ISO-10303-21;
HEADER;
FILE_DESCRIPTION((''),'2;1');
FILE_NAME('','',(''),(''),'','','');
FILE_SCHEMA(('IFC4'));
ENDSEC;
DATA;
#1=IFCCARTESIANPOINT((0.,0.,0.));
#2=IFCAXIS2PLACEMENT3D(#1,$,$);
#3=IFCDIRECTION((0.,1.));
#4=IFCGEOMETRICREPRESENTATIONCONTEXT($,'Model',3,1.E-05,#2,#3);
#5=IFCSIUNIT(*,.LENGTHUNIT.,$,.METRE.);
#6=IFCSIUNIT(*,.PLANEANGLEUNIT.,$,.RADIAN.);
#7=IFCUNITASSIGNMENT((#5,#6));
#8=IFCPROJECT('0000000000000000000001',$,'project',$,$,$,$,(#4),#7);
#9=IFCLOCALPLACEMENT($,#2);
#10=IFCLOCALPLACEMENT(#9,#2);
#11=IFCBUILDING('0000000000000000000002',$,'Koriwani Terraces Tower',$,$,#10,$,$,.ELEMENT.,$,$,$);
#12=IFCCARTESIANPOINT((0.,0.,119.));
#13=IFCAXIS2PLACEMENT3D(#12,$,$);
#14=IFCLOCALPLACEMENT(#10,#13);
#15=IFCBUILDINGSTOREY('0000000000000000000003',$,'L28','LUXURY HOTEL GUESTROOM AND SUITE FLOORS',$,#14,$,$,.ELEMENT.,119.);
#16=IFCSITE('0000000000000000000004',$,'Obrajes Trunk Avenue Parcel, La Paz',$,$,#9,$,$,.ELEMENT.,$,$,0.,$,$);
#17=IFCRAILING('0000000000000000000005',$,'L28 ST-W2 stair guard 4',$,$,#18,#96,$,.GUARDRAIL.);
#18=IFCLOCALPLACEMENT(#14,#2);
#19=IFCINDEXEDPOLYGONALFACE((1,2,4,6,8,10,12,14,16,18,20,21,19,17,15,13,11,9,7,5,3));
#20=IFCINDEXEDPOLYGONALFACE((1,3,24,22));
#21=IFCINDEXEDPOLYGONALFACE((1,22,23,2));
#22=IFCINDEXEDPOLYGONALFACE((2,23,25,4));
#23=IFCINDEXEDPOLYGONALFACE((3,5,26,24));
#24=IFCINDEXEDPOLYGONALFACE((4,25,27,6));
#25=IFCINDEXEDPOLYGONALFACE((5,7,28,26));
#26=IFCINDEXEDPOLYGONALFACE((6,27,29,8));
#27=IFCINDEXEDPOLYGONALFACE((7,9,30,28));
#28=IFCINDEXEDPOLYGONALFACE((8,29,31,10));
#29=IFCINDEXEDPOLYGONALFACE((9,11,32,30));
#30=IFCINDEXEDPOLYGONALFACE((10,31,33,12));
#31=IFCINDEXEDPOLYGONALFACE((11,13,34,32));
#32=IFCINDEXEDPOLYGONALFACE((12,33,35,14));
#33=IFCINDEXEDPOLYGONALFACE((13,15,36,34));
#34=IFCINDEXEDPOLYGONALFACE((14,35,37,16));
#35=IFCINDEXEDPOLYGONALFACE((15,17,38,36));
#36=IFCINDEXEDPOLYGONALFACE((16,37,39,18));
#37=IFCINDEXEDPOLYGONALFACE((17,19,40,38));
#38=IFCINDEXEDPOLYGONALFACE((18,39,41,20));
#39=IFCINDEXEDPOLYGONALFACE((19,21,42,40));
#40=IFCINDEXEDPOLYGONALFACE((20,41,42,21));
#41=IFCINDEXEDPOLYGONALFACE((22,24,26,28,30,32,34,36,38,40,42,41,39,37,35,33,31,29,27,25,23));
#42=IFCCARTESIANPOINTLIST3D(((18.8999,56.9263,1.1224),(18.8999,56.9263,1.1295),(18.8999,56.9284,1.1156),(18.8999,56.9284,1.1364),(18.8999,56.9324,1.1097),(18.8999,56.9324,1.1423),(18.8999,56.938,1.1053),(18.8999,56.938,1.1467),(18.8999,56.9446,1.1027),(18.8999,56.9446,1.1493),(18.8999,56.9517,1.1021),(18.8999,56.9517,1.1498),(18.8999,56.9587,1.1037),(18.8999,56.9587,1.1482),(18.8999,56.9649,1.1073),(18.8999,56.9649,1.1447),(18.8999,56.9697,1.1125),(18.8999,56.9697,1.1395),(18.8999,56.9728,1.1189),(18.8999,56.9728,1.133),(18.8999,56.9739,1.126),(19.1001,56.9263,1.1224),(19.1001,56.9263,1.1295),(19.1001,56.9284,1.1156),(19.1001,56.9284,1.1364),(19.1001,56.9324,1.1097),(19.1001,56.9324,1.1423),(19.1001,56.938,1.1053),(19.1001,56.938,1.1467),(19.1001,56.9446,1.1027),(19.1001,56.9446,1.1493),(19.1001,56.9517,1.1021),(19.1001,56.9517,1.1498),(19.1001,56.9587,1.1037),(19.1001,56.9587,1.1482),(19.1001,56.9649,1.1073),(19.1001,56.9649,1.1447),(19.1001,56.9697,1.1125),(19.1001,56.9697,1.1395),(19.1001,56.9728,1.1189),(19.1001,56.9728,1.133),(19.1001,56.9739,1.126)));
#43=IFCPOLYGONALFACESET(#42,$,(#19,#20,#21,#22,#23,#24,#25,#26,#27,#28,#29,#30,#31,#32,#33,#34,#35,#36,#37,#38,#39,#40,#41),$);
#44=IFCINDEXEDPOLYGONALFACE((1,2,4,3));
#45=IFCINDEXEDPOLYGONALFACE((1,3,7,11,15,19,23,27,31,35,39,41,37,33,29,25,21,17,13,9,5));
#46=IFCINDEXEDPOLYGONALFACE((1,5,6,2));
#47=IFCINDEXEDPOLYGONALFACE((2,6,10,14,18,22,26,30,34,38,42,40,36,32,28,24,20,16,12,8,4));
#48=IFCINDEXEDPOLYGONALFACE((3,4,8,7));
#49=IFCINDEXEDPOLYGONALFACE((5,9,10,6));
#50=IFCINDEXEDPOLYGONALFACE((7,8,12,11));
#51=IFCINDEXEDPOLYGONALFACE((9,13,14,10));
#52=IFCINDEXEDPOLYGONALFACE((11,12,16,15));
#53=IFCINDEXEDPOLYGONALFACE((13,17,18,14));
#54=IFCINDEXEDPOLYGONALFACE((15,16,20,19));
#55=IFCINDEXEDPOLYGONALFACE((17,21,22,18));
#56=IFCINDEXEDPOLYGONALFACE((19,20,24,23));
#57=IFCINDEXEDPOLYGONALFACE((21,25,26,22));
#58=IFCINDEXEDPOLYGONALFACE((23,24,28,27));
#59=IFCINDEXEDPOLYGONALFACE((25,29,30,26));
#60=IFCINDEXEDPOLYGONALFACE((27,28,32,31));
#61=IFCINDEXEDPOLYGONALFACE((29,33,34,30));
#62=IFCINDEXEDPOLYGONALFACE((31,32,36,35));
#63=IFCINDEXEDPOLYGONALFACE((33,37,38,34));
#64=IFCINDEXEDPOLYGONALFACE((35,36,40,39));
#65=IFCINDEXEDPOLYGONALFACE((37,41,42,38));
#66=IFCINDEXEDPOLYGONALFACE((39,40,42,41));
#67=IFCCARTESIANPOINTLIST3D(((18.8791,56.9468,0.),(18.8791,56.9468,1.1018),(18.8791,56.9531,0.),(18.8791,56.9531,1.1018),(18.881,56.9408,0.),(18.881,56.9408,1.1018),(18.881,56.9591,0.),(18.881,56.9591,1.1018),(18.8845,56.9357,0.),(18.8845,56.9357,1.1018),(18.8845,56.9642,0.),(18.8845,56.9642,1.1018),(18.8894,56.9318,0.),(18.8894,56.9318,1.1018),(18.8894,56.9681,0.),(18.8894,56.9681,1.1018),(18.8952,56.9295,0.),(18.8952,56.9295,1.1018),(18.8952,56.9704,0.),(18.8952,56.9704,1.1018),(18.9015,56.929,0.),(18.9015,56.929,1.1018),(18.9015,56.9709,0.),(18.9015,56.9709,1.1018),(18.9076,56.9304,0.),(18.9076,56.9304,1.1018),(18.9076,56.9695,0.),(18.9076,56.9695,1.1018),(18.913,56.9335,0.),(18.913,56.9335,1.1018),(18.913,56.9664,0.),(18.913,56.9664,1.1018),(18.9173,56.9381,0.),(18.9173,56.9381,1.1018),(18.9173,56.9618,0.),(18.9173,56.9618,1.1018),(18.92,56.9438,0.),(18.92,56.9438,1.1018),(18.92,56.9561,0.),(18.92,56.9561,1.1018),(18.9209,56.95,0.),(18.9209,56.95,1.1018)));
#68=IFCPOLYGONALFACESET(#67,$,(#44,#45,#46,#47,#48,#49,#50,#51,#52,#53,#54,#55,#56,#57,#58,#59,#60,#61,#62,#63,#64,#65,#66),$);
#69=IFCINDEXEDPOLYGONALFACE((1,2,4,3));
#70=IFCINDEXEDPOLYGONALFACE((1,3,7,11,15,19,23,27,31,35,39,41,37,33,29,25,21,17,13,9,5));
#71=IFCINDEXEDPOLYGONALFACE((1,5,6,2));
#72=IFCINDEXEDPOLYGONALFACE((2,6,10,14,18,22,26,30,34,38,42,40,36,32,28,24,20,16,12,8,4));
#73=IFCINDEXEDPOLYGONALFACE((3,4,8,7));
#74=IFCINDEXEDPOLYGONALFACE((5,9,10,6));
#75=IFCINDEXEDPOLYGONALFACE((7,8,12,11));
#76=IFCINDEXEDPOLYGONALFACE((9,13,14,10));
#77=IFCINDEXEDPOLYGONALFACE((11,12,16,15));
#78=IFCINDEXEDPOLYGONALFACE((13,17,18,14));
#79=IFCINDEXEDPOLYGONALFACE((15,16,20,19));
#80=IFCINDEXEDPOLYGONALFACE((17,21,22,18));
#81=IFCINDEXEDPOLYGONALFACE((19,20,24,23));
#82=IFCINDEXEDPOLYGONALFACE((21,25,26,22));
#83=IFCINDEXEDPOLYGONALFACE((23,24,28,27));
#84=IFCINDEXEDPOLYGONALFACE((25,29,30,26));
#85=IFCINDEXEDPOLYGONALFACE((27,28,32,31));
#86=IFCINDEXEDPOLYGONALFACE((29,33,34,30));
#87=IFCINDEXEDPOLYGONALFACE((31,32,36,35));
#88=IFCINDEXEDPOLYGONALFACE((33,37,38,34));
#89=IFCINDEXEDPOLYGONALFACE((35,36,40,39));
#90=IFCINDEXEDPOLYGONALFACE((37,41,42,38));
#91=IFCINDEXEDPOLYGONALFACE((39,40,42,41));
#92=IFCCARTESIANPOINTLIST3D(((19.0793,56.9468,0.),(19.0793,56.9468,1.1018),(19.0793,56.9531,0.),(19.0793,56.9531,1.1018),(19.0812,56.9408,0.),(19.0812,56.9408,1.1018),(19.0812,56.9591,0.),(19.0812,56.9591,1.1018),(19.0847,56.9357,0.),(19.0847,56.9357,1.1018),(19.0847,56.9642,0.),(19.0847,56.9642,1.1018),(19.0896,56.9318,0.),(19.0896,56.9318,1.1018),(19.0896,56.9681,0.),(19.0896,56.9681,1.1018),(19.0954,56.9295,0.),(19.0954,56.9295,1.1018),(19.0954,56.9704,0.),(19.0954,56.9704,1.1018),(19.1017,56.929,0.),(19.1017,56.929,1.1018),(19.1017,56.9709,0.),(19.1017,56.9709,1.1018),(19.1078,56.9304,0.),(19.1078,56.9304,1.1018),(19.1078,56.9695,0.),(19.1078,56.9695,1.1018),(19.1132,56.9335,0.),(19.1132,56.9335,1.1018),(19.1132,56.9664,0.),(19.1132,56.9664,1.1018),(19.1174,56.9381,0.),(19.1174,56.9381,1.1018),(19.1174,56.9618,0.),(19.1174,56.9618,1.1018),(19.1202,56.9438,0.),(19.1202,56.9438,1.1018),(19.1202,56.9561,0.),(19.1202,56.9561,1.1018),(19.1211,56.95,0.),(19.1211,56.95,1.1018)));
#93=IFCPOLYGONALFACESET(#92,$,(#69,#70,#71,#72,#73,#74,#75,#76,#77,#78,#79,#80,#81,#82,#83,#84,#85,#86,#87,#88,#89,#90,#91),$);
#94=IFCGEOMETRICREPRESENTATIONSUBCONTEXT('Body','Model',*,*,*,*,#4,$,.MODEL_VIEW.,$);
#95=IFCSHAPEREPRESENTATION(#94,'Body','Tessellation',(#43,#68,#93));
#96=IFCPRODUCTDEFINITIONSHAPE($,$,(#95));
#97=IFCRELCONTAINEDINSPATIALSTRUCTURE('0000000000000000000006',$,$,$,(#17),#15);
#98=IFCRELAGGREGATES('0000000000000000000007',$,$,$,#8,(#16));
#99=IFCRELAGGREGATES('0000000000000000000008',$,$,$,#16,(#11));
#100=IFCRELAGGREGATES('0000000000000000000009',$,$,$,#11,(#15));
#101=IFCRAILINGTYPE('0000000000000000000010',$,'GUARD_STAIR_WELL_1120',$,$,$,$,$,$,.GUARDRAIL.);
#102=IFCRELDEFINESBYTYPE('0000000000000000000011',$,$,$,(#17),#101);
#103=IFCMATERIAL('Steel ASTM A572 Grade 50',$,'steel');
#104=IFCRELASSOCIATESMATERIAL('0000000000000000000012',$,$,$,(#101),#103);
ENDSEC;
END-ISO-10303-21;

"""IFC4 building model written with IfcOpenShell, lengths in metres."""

from ifc_helpers import new_model, si_unit, direction, frame, origin, origin_2d, place, context, subcontext, project, spatial, circle, extrude, material, type_object, element, save


model = new_model("IFC4")

# Units and contexts
model_context = context("Model", 3, precision=1e-05, world=origin(), true_north=direction((0.0, 1.0)))
body_context = subcontext(model_context, "Body", "Model", "MODEL_VIEW")
ifc_project = project(units=[si_unit("LENGTHUNIT", "METRE"), si_unit("PLANEANGLEUNIT", "RADIAN")], contexts=[model_context])

# Site, building, storey
site_placement = place(None, origin())
site = spatial("IfcSite", under=ifc_project, at=site_placement, Name="Obrajes Trunk Avenue Parcel, La Paz", CompositionType="ELEMENT", RefElevation=0.0)
building_placement = place(site_placement, origin())
building = spatial("IfcBuilding", under=site, at=building_placement, Name="Koriwani Terraces Tower", CompositionType="ELEMENT")
storey_placement = place(building_placement, frame((0.0, 0.0, 119.0)))
storey = spatial("IfcBuildingStorey", under=building, at=storey_placement, Name="L28", Description="LUXURY HOTEL GUESTROOM AND SUITE FLOORS", CompositionType="ELEMENT", Elevation=119.0)

# Shared definitions
ifc_material_1 = material(Name="Steel ASTM A572 Grade 50", Category="steel")

# Railing
railing_type_1 = type_object("IfcRailingType", Name="GUARD_STAIR_WELL_1120", PredefinedType="GUARDRAIL", material=ifc_material_1)
railing_1_placement = place(storey_placement, frame((18.8999, 56.95, 0.0)))
element("IfcRailing", 1, at=railing_1_placement, inside=storey, type_object=railing_type_1, Name="L28 ST-W2 stair guard 4", PredefinedType="GUARDRAIL", context=body_context, shape_type="SweptSolid", body=[
    extrude(circle(Radius=0.0239, at=origin_2d()), frame((0.0, 0.0, 1.126), z_axis=(1.0, 0.0, 0.0), x_axis=(0.0, 1.0, 0.0)), (0.0, 0.0, 1.0), 0.2002),
    extrude(circle(Radius=0.021, at=origin_2d()), origin(), (0.0, 0.0, 1.0), 1.1018),
    extrude(circle(Radius=0.021, at=origin_2d()), frame((0.2002, 0.0, 0.0)), (0.0, 0.0, 1.0), 1.1018),
])

save(model, "model.ifc")
